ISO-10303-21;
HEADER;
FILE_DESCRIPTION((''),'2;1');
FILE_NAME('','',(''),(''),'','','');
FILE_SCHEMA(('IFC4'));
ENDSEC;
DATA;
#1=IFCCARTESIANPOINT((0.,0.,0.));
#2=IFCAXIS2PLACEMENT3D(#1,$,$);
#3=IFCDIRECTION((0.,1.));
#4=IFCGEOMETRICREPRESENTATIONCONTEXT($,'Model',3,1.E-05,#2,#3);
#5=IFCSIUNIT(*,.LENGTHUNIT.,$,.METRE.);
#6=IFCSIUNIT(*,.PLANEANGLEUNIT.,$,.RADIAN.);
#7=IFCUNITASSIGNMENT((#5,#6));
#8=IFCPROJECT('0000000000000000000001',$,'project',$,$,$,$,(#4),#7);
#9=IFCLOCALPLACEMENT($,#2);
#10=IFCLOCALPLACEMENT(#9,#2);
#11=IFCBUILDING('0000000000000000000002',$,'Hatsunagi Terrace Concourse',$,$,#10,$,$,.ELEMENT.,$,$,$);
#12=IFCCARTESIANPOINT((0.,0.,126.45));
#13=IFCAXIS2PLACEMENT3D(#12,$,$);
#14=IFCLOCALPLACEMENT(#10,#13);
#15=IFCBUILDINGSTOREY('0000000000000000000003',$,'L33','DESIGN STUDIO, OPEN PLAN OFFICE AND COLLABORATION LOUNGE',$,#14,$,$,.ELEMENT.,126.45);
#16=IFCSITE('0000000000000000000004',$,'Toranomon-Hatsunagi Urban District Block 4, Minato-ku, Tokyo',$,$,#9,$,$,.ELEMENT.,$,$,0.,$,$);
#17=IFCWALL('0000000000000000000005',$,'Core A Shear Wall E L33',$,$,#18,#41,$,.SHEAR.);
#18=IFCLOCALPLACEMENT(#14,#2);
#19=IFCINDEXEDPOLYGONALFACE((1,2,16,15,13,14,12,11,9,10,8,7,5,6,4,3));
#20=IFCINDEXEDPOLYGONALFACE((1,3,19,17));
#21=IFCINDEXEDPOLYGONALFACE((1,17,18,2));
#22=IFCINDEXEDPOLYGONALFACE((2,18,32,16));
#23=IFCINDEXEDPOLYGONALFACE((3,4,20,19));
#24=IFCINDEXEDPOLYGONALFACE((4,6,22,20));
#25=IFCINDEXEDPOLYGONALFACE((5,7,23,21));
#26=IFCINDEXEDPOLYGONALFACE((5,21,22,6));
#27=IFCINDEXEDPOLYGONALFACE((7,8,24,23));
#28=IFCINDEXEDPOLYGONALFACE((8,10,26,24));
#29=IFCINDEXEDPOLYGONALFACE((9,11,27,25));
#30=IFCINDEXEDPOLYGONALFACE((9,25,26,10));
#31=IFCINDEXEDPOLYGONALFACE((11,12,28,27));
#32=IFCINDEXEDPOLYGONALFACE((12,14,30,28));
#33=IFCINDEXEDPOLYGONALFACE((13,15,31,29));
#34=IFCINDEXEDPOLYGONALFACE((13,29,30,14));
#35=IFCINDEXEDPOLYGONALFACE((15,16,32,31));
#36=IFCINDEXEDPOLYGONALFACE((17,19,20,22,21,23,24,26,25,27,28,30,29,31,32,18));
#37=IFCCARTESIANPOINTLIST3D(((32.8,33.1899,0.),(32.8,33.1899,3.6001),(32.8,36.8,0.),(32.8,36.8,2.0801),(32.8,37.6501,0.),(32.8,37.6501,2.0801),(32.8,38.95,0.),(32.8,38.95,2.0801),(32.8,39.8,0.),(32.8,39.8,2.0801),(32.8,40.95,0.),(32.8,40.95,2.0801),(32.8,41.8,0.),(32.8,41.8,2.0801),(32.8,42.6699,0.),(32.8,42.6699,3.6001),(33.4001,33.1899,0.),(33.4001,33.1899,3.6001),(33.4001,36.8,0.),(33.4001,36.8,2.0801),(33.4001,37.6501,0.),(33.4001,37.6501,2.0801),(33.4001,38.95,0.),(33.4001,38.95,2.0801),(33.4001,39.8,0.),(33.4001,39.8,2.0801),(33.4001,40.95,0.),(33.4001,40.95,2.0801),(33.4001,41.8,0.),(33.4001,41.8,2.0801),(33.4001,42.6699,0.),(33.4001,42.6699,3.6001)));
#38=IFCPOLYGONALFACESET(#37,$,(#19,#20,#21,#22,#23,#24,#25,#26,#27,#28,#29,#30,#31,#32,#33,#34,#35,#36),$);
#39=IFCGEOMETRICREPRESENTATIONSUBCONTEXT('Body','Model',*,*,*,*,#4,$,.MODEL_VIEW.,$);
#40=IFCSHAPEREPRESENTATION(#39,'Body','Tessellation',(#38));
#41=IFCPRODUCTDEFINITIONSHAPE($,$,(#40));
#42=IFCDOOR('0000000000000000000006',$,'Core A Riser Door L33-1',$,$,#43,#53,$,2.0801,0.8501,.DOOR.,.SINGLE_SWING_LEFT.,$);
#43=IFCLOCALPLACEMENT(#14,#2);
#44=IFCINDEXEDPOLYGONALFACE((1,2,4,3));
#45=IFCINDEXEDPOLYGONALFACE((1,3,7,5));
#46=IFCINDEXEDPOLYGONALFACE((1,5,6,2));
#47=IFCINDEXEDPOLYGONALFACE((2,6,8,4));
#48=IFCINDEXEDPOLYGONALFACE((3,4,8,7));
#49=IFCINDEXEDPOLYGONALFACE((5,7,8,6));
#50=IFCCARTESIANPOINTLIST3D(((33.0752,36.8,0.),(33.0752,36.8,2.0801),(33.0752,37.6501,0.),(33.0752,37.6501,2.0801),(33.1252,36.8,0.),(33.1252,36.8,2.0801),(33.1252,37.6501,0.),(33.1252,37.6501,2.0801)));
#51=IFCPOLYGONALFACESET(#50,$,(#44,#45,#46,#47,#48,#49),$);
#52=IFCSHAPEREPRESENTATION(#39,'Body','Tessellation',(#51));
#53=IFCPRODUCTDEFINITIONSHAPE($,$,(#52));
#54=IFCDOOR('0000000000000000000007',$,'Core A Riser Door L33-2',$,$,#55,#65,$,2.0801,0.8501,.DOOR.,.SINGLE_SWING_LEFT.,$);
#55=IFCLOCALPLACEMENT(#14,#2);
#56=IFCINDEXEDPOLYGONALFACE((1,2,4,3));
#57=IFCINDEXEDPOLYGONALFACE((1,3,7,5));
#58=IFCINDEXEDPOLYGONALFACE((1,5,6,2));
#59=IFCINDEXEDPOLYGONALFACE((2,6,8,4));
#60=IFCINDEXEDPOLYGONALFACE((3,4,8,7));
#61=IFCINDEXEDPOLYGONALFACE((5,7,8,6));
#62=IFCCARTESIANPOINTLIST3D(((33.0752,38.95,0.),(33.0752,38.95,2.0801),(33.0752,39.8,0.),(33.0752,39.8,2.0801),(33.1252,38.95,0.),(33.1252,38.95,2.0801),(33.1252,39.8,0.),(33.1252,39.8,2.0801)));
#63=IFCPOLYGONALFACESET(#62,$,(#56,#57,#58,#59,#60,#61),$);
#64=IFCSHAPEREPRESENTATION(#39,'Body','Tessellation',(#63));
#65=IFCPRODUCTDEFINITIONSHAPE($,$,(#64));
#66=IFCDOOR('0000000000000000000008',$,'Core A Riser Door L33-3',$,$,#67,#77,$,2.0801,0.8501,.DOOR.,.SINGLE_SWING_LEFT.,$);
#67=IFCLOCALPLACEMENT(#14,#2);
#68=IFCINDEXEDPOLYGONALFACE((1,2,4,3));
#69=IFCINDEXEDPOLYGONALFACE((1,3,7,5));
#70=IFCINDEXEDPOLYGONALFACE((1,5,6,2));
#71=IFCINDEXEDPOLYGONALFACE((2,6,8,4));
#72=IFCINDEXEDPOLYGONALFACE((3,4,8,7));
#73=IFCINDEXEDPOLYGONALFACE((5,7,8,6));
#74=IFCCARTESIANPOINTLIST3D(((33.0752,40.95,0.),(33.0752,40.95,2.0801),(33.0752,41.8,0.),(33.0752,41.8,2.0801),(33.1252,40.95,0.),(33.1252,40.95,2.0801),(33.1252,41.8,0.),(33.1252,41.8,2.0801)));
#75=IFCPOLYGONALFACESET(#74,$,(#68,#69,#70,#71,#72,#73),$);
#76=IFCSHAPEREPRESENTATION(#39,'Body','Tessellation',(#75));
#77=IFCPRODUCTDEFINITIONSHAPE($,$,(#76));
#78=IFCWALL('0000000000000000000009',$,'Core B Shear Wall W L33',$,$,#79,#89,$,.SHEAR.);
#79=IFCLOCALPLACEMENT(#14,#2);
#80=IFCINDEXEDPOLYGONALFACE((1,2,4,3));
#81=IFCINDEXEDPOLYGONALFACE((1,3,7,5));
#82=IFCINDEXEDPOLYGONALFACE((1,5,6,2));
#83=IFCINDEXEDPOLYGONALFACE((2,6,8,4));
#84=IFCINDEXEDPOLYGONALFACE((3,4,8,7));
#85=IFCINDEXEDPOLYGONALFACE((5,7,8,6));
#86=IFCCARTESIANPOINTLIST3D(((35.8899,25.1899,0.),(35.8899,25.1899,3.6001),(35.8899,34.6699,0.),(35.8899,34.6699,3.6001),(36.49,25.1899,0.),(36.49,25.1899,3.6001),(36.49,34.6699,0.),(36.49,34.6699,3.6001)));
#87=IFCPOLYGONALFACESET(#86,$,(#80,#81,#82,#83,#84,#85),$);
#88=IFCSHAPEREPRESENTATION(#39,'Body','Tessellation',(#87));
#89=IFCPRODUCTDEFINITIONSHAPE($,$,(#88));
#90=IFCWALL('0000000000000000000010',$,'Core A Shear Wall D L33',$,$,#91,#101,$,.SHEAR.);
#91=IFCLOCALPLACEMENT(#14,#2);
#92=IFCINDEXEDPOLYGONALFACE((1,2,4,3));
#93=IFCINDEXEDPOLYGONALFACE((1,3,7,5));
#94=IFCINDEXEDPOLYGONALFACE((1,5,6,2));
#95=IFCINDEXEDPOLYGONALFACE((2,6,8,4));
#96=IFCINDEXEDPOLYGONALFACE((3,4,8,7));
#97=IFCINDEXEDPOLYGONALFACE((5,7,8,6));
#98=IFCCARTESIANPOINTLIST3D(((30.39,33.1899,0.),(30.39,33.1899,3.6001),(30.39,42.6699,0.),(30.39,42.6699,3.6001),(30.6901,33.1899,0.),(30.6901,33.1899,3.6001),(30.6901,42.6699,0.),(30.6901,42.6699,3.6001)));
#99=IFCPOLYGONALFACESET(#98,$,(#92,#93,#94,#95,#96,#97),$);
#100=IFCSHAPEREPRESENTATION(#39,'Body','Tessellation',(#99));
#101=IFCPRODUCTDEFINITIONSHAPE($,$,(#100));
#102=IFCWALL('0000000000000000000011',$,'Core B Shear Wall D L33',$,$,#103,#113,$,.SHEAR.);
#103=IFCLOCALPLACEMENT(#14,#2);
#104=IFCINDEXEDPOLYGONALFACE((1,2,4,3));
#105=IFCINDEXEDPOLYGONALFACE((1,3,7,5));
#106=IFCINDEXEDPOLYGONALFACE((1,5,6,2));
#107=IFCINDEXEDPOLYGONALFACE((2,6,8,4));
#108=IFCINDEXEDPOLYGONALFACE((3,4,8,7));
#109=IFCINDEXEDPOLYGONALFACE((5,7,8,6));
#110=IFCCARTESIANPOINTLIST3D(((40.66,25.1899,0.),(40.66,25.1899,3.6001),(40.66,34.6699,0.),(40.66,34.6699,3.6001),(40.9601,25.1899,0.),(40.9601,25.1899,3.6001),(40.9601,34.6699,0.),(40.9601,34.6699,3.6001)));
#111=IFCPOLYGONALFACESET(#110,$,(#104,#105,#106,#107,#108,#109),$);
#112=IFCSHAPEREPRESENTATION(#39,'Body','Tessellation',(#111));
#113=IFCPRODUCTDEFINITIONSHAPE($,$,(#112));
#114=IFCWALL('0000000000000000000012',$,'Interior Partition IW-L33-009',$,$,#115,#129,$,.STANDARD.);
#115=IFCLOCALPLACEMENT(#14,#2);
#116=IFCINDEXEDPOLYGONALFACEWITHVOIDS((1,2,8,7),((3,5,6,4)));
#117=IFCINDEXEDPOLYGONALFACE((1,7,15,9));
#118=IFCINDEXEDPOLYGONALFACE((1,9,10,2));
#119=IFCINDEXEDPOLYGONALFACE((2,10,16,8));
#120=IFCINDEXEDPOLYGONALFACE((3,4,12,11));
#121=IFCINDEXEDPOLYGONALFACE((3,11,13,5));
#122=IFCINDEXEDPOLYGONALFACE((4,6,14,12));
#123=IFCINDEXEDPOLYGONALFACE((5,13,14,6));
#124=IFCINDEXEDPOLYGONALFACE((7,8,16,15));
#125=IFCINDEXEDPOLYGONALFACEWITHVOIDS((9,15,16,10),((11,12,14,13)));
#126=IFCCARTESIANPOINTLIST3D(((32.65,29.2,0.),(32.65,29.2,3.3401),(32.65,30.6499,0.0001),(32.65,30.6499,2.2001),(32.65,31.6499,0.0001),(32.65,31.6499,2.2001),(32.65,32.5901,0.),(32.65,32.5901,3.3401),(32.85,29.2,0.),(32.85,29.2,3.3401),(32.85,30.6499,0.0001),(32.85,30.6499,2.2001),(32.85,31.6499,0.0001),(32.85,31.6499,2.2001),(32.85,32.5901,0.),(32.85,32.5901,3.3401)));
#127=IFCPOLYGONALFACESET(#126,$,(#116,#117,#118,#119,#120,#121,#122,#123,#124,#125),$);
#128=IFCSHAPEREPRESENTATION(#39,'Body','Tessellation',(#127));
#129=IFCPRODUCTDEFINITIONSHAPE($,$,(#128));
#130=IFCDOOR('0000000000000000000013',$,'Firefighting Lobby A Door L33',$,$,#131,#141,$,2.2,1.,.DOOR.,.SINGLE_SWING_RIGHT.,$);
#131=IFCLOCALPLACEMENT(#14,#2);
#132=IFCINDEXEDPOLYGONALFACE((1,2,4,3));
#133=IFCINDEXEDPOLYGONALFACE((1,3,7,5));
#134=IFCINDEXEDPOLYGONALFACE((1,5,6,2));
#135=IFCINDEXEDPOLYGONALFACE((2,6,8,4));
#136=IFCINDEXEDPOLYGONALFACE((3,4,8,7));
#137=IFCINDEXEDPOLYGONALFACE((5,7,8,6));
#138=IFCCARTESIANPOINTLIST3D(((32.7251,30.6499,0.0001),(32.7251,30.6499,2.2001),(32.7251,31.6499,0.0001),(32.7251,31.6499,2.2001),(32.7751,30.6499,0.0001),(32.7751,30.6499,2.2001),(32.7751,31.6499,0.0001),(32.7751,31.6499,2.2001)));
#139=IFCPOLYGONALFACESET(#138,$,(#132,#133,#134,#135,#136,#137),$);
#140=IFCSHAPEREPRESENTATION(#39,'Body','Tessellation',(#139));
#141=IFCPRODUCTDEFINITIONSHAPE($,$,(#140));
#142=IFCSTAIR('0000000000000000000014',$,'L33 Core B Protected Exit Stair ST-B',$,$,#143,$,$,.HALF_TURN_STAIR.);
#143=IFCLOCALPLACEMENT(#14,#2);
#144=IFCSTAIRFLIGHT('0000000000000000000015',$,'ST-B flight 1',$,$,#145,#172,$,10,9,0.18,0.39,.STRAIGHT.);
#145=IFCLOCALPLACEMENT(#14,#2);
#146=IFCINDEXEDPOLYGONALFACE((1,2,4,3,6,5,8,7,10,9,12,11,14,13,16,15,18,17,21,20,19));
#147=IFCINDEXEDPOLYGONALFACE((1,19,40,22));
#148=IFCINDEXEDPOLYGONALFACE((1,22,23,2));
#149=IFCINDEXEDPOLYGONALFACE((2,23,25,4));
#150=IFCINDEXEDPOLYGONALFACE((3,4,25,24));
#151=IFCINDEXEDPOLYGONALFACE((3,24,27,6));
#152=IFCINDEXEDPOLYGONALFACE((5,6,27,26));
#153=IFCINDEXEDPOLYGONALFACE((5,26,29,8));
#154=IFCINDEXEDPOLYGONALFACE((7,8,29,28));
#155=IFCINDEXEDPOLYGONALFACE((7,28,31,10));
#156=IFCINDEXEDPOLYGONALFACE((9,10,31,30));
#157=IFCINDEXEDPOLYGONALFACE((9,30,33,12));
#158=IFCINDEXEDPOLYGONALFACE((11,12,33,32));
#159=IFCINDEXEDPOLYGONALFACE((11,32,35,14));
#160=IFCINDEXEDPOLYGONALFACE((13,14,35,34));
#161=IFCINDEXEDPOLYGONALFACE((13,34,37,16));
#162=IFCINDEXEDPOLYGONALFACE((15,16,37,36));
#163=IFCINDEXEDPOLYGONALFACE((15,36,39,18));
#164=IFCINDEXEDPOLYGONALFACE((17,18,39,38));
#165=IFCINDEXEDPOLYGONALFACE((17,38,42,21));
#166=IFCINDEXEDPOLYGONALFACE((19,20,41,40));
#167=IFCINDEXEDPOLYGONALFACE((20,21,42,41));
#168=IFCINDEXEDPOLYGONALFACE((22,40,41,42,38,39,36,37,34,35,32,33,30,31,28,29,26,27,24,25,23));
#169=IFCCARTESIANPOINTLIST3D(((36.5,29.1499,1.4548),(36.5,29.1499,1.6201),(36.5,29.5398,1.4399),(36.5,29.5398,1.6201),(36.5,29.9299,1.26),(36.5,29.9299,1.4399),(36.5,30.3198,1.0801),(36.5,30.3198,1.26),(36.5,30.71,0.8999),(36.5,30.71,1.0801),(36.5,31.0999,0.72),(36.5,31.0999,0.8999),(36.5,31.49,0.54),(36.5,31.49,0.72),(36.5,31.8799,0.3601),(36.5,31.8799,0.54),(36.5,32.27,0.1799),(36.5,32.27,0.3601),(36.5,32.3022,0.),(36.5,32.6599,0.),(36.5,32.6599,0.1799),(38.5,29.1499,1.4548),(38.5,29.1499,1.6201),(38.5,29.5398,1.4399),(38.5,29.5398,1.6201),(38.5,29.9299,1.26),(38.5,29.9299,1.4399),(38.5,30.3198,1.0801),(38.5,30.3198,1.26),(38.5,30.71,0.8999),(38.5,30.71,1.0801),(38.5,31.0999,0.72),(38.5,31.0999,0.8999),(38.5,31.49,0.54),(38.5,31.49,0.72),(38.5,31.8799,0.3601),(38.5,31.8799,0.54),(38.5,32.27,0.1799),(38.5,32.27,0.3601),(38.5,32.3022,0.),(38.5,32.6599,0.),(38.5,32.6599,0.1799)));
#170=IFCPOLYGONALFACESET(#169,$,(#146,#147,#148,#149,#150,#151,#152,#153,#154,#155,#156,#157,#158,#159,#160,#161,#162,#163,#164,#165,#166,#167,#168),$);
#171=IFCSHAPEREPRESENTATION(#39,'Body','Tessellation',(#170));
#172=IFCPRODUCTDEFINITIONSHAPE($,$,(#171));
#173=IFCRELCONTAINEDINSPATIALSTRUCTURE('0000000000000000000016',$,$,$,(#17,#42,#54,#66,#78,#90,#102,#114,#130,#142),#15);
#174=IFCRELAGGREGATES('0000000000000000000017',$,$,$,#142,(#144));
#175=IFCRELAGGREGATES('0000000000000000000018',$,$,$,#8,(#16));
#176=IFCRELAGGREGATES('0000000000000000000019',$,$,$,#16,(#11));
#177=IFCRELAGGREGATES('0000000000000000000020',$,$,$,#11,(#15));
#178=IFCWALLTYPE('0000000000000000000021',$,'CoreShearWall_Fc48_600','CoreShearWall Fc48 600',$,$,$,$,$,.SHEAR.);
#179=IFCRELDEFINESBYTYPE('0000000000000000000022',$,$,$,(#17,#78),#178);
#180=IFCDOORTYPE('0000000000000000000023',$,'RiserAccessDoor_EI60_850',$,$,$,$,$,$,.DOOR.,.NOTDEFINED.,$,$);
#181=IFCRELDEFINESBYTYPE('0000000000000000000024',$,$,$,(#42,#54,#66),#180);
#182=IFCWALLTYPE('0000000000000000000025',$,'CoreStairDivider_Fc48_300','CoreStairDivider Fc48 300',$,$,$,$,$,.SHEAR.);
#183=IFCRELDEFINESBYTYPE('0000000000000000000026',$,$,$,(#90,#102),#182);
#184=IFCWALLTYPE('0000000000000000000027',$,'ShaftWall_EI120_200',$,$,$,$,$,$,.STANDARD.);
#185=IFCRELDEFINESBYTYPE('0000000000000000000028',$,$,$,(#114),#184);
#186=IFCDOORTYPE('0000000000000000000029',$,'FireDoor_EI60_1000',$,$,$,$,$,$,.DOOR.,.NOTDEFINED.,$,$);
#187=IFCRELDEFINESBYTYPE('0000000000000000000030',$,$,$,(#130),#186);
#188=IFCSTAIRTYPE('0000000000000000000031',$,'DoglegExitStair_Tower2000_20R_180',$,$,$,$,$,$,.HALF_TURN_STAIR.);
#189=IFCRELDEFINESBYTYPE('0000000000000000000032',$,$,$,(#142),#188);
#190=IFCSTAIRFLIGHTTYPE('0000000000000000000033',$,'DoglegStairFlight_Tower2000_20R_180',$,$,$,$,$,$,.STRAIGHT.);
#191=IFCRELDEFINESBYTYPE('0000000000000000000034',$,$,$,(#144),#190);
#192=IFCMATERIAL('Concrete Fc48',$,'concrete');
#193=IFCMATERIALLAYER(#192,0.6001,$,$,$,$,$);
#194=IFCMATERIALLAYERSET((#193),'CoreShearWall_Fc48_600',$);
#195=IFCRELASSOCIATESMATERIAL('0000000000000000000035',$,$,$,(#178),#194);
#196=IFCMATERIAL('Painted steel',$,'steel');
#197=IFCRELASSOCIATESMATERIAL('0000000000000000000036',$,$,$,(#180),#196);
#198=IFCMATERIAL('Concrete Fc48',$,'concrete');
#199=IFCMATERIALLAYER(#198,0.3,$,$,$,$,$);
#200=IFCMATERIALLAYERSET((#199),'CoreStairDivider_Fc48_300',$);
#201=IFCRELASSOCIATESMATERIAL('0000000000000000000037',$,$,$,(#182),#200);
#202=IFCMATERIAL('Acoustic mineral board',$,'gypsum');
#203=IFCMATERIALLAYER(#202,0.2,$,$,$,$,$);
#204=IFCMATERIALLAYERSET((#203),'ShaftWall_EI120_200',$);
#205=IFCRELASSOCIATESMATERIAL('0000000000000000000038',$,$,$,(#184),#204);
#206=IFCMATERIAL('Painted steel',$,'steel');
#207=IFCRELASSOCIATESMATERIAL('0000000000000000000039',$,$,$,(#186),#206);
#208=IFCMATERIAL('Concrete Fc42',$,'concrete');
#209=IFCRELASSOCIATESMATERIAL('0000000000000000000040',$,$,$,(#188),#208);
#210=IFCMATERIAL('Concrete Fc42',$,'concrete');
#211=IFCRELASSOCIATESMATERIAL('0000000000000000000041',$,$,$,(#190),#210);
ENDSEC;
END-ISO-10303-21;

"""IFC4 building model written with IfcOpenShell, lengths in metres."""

from ifc_helpers import new_model, si_unit, direction, frame, frame_2d, origin, place, context, subcontext, project, spatial, polyline, rectangle, outline, extrude, material, layer, layer_set, type_object, element, fill, aggregate, save


model = new_model("IFC4")

# Units and contexts
model_context = context("Model", 3, precision=1e-05, world=origin(), true_north=direction((0.0, 1.0)))
body_context = subcontext(model_context, "Body", "Model", "MODEL_VIEW")
ifc_project = project(units=[si_unit("LENGTHUNIT", "METRE"), si_unit("PLANEANGLEUNIT", "RADIAN")], contexts=[model_context])

# Site, building, storey
site_placement = place(None, origin())
site = spatial("IfcSite", under=ifc_project, at=site_placement, Name="Toranomon-Hatsunagi Urban District Block 4, Minato-ku, Tokyo", CompositionType="ELEMENT", RefElevation=0.0)
building_placement = place(site_placement, origin())
building = spatial("IfcBuilding", under=site, at=building_placement, Name="Hatsunagi Terrace Concourse", CompositionType="ELEMENT")
storey_placement = place(building_placement, frame((0.0, 0.0, 126.45)))
storey = spatial("IfcBuildingStorey", under=building, at=storey_placement, Name="L33", Description="DESIGN STUDIO, OPEN PLAN OFFICE AND COLLABORATION LOUNGE", CompositionType="ELEMENT", Elevation=126.45)

# Wall, openings, doors
ifc_material_1 = material(Name="Concrete Fc48", Category="concrete")
ifc_layer_1 = layer(ifc_material_1, 0.6001)
ifc_layer_set_1 = layer_set([ifc_layer_1], Name="CoreShearWall_Fc48_600")
wall_type_1 = type_object("IfcWallType", Name="CoreShearWall_Fc48_600", Description="CoreShearWall Fc48 600", PredefinedType="SHEAR", material=ifc_layer_set_1)
wall_1_placement = place(storey_placement, frame((33.1001, 33.1899, 0.0), z_axis=(0.0, 0.0, 1.0), x_axis=(0.0, 1.0, 0.0)))
wall_1 = element("IfcWall", 1, at=wall_1_placement, inside=storey, type_object=wall_type_1, Name="Core A Shear Wall E L33", PredefinedType="SHEAR", context=body_context, shape_type="SweptSolid", body=[
    extrude(rectangle(XDim=9.48, YDim=0.6001, at=frame_2d((4.74, 0.0))), origin(), (0.0, 0.0, 1.0), 3.6001),
])
opening_1_placement = place(wall_1_placement, frame((3.6101, 0.0, 0.0)))
opening_1 = element("IfcOpeningElement", 2, at=opening_1_placement, cuts=wall_1, PredefinedType="OPENING", context=body_context, shape_type="SweptSolid", body=[
    extrude(rectangle(XDim=0.8501, YDim=2.0801, at=frame_2d((0.425, 1.04))), frame((0.0, 0.3101, 0.0), z_axis=(0.0, -1.0, 0.0), x_axis=(1.0, 0.0, 0.0)), (0.0, 0.0, 1.0), 0.6201),
])
opening_2_placement = place(wall_1_placement, frame((5.76, 0.0, 0.0)))
opening_2 = element("IfcOpeningElement", 3, at=opening_2_placement, cuts=wall_1, PredefinedType="OPENING", context=body_context, shape_type="SweptSolid", body=[
    extrude(rectangle(XDim=0.8501, YDim=2.0801, at=frame_2d((0.425, 1.04))), frame((0.0, 0.3101, 0.0), z_axis=(0.0, -1.0, 0.0), x_axis=(1.0, 0.0, 0.0)), (0.0, 0.0, 1.0), 0.6201),
])
opening_3_placement = place(wall_1_placement, frame((7.76, 0.0, 0.0)))
opening_3 = element("IfcOpeningElement", 4, at=opening_3_placement, cuts=wall_1, PredefinedType="OPENING", context=body_context, shape_type="SweptSolid", body=[
    extrude(rectangle(XDim=0.8501, YDim=2.0801, at=frame_2d((0.425, 1.04))), frame((0.0, 0.3101, 0.0), z_axis=(0.0, -1.0, 0.0), x_axis=(1.0, 0.0, 0.0)), (0.0, 0.0, 1.0), 0.6201),
])
ifc_material_2 = material(Name="Painted steel", Category="steel")
door_type_1 = type_object("IfcDoorType", Name="RiserAccessDoor_EI60_850", OperationType="NOTDEFINED", PredefinedType="DOOR", material=ifc_material_2)
door_1_placement = place(opening_1_placement, origin())
door_1 = element("IfcDoor", 5, at=door_1_placement, inside=storey, type_object=door_type_1, Name="Core A Riser Door L33-1", OperationType="SINGLE_SWING_LEFT", OverallHeight=2.0801, OverallWidth=0.8501, PredefinedType="DOOR", context=body_context, shape_type="SweptSolid", body=[
    extrude(rectangle(XDim=0.8501, YDim=2.0801, at=frame_2d((0.425, 1.04))), frame((0.0, 0.0249, 0.0), z_axis=(0.0, -1.0, 0.0), x_axis=(1.0, 0.0, 0.0)), (0.0, 0.0, 1.0), 0.05),
])
fill(opening_1, door_1)
door_2_placement = place(opening_2_placement, origin())
door_2 = element("IfcDoor", 6, at=door_2_placement, inside=storey, type_object=door_type_1, Name="Core A Riser Door L33-2", OperationType="SINGLE_SWING_LEFT", OverallHeight=2.0801, OverallWidth=0.8501, PredefinedType="DOOR", context=body_context, shape_type="SweptSolid", body=[
    extrude(rectangle(XDim=0.8501, YDim=2.0801, at=frame_2d((0.425, 1.04))), frame((0.0, 0.0249, 0.0), z_axis=(0.0, -1.0, 0.0), x_axis=(1.0, 0.0, 0.0)), (0.0, 0.0, 1.0), 0.05),
])
fill(opening_2, door_2)
door_3_placement = place(opening_3_placement, origin())
door_3 = element("IfcDoor", 7, at=door_3_placement, inside=storey, type_object=door_type_1, Name="Core A Riser Door L33-3", OperationType="SINGLE_SWING_LEFT", OverallHeight=2.0801, OverallWidth=0.8501, PredefinedType="DOOR", context=body_context, shape_type="SweptSolid", body=[
    extrude(rectangle(XDim=0.8501, YDim=2.0801, at=frame_2d((0.425, 1.04))), frame((0.0, 0.0249, 0.0), z_axis=(0.0, -1.0, 0.0), x_axis=(1.0, 0.0, 0.0)), (0.0, 0.0, 1.0), 0.05),
])
fill(opening_3, door_3)

# Walls
wall_2_placement = place(storey_placement, frame((36.1899, 25.1899, 0.0), z_axis=(0.0, 0.0, 1.0), x_axis=(0.0, 1.0, 0.0)))
element("IfcWall", 8, at=wall_2_placement, inside=storey, type_object=wall_type_1, Name="Core B Shear Wall W L33", PredefinedType="SHEAR", context=body_context, shape_type="SweptSolid", body=[
    extrude(rectangle(XDim=9.48, YDim=0.6001, at=frame_2d((4.74, 0.0))), origin(), (0.0, 0.0, 1.0), 3.6001),
])
ifc_material_3 = material(Name="Concrete Fc48", Category="concrete")
ifc_layer_2 = layer(ifc_material_3, 0.3)
ifc_layer_set_2 = layer_set([ifc_layer_2], Name="CoreStairDivider_Fc48_300")
wall_type_2 = type_object("IfcWallType", Name="CoreStairDivider_Fc48_300", Description="CoreStairDivider Fc48 300", PredefinedType="SHEAR", material=ifc_layer_set_2)
for number, where, z_axis, x_axis, name in (
    (9, (30.54, 33.1899, 0.0), (0.0, 0.0, 1.0), (0.0, 1.0, 0.0), "Core A Shear Wall D L33"),
    (10, (40.8101, 25.1899, 0.0), (0.0, 0.0, 1.0), (0.0, 1.0, 0.0), "Core B Shear Wall D L33"),
):
    element("IfcWall", number, at=place(storey_placement, frame(where, z_axis=z_axis, x_axis=x_axis)), inside=storey, type_object=wall_type_2, Name=name, PredefinedType="SHEAR", context=body_context, shape_type="SweptSolid", body=[
        extrude(rectangle(XDim=9.48, YDim=0.3, at=frame_2d((4.74, 0.0))), origin(), (0.0, 0.0, 1.0), 3.6001),
    ])

# Wall, opening, door
ifc_material_4 = material(Name="Acoustic mineral board", Category="gypsum")
ifc_layer_3 = layer(ifc_material_4, 0.2)
ifc_layer_set_3 = layer_set([ifc_layer_3], Name="ShaftWall_EI120_200")
wall_type_3 = type_object("IfcWallType", Name="ShaftWall_EI120_200", PredefinedType="STANDARD", material=ifc_layer_set_3)
wall_3_placement = place(storey_placement, frame((32.75, 29.2, 0.0), z_axis=(0.0, 0.0, 1.0), x_axis=(0.0, 1.0, 0.0)))
wall_3 = element("IfcWall", 11, at=wall_3_placement, inside=storey, type_object=wall_type_3, Name="Interior Partition IW-L33-009", PredefinedType="STANDARD", context=body_context, shape_type="SweptSolid", body=[
    extrude(rectangle(XDim=3.3901, YDim=0.2, at=frame_2d((1.6951, 0.0))), origin(), (0.0, 0.0, 1.0), 3.3401),
])
opening_4_placement = place(wall_3_placement, frame((1.45, 0.0, 0.0)))
opening_4 = element("IfcOpeningElement", 12, at=opening_4_placement, cuts=wall_3, PredefinedType="OPENING", context=body_context, shape_type="SweptSolid", body=[
    extrude(rectangle(XDim=1.0, YDim=2.2, at=frame_2d((0.5, 1.1001))), frame((0.0, 0.1099, 0.0), z_axis=(0.0, -1.0, 0.0), x_axis=(1.0, 0.0, 0.0)), (0.0, 0.0, 1.0), 0.22),
])
ifc_material_5 = material(Name="Painted steel", Category="steel")
door_type_2 = type_object("IfcDoorType", Name="FireDoor_EI60_1000", OperationType="NOTDEFINED", PredefinedType="DOOR", material=ifc_material_5)
door_4_placement = place(opening_4_placement, origin())
door_4 = element("IfcDoor", 13, at=door_4_placement, inside=storey, type_object=door_type_2, Name="Firefighting Lobby A Door L33", OperationType="SINGLE_SWING_RIGHT", OverallHeight=2.2, OverallWidth=1.0, PredefinedType="DOOR", context=body_context, shape_type="SweptSolid", body=[
    extrude(rectangle(XDim=1.0, YDim=2.2, at=frame_2d((0.5, 1.1001))), frame((0.0, 0.0249, 0.0), z_axis=(0.0, -1.0, 0.0), x_axis=(1.0, 0.0, 0.0)), (0.0, 0.0, 1.0), 0.05),
])
fill(opening_4, door_4)

# Stair, stair flight
ifc_material_6 = material(Name="Concrete Fc42", Category="concrete")
stair_type = type_object("IfcStairType", Name="DoglegExitStair_Tower2000_20R_180", PredefinedType="HALF_TURN_STAIR", material=ifc_material_6)
stair_placement = place(storey_placement, origin())
stair = element("IfcStair", 14, at=stair_placement, inside=storey, type_object=stair_type, Name="L33 Core B Protected Exit Stair ST-B", PredefinedType="HALF_TURN_STAIR")
ifc_material_7 = material(Name="Concrete Fc42", Category="concrete")
stair_flight_type = type_object("IfcStairFlightType", Name="DoglegStairFlight_Tower2000_20R_180", PredefinedType="STRAIGHT", material=ifc_material_7)
stair_flight_1_placement = place(storey_placement, frame((37.5, 32.6599, 0.0), z_axis=(0.0, 0.0, 1.0), x_axis=(0.0, -1.0, 0.0)))
stair_flight_1 = element("IfcStairFlight", 15, at=stair_flight_1_placement, type_object=stair_flight_type, Name="ST-B flight 1", NumberOfRisers=10, NumberOfTreads=9, PredefinedType="STRAIGHT", RiserHeight=0.18, TreadLength=0.39, context=body_context, shape_type="SweptSolid", body=[
    extrude(outline(polyline([(0.0, 0.0), (0.0, 0.1799), (0.3899, 0.1799), (0.3899, 0.3601), (0.78, 0.3601), (0.78, 0.54), (1.1699, 0.54), (1.1699, 0.72), (1.5601, 0.72), (1.5601, 0.8999), (1.95, 0.8999), (1.95, 1.0801), (2.3401, 1.0801), (2.3401, 1.26), (2.73, 1.26), (2.73, 1.4399), (3.1201, 1.4399), (3.1201, 1.6201), (3.51, 1.6201), (3.51, 1.8), (3.51, 1.4548), (0.3577, 0.0), (0.0, 0.0)])), frame((0.0, 1.0, 0.0), z_axis=(0.0, -1.0, 0.0), x_axis=(1.0, 0.0, 0.0)), (0.0, 0.0, 1.0), 2.0),
])
aggregate(stair, [stair_flight_1])

save(model, "model.ifc")
